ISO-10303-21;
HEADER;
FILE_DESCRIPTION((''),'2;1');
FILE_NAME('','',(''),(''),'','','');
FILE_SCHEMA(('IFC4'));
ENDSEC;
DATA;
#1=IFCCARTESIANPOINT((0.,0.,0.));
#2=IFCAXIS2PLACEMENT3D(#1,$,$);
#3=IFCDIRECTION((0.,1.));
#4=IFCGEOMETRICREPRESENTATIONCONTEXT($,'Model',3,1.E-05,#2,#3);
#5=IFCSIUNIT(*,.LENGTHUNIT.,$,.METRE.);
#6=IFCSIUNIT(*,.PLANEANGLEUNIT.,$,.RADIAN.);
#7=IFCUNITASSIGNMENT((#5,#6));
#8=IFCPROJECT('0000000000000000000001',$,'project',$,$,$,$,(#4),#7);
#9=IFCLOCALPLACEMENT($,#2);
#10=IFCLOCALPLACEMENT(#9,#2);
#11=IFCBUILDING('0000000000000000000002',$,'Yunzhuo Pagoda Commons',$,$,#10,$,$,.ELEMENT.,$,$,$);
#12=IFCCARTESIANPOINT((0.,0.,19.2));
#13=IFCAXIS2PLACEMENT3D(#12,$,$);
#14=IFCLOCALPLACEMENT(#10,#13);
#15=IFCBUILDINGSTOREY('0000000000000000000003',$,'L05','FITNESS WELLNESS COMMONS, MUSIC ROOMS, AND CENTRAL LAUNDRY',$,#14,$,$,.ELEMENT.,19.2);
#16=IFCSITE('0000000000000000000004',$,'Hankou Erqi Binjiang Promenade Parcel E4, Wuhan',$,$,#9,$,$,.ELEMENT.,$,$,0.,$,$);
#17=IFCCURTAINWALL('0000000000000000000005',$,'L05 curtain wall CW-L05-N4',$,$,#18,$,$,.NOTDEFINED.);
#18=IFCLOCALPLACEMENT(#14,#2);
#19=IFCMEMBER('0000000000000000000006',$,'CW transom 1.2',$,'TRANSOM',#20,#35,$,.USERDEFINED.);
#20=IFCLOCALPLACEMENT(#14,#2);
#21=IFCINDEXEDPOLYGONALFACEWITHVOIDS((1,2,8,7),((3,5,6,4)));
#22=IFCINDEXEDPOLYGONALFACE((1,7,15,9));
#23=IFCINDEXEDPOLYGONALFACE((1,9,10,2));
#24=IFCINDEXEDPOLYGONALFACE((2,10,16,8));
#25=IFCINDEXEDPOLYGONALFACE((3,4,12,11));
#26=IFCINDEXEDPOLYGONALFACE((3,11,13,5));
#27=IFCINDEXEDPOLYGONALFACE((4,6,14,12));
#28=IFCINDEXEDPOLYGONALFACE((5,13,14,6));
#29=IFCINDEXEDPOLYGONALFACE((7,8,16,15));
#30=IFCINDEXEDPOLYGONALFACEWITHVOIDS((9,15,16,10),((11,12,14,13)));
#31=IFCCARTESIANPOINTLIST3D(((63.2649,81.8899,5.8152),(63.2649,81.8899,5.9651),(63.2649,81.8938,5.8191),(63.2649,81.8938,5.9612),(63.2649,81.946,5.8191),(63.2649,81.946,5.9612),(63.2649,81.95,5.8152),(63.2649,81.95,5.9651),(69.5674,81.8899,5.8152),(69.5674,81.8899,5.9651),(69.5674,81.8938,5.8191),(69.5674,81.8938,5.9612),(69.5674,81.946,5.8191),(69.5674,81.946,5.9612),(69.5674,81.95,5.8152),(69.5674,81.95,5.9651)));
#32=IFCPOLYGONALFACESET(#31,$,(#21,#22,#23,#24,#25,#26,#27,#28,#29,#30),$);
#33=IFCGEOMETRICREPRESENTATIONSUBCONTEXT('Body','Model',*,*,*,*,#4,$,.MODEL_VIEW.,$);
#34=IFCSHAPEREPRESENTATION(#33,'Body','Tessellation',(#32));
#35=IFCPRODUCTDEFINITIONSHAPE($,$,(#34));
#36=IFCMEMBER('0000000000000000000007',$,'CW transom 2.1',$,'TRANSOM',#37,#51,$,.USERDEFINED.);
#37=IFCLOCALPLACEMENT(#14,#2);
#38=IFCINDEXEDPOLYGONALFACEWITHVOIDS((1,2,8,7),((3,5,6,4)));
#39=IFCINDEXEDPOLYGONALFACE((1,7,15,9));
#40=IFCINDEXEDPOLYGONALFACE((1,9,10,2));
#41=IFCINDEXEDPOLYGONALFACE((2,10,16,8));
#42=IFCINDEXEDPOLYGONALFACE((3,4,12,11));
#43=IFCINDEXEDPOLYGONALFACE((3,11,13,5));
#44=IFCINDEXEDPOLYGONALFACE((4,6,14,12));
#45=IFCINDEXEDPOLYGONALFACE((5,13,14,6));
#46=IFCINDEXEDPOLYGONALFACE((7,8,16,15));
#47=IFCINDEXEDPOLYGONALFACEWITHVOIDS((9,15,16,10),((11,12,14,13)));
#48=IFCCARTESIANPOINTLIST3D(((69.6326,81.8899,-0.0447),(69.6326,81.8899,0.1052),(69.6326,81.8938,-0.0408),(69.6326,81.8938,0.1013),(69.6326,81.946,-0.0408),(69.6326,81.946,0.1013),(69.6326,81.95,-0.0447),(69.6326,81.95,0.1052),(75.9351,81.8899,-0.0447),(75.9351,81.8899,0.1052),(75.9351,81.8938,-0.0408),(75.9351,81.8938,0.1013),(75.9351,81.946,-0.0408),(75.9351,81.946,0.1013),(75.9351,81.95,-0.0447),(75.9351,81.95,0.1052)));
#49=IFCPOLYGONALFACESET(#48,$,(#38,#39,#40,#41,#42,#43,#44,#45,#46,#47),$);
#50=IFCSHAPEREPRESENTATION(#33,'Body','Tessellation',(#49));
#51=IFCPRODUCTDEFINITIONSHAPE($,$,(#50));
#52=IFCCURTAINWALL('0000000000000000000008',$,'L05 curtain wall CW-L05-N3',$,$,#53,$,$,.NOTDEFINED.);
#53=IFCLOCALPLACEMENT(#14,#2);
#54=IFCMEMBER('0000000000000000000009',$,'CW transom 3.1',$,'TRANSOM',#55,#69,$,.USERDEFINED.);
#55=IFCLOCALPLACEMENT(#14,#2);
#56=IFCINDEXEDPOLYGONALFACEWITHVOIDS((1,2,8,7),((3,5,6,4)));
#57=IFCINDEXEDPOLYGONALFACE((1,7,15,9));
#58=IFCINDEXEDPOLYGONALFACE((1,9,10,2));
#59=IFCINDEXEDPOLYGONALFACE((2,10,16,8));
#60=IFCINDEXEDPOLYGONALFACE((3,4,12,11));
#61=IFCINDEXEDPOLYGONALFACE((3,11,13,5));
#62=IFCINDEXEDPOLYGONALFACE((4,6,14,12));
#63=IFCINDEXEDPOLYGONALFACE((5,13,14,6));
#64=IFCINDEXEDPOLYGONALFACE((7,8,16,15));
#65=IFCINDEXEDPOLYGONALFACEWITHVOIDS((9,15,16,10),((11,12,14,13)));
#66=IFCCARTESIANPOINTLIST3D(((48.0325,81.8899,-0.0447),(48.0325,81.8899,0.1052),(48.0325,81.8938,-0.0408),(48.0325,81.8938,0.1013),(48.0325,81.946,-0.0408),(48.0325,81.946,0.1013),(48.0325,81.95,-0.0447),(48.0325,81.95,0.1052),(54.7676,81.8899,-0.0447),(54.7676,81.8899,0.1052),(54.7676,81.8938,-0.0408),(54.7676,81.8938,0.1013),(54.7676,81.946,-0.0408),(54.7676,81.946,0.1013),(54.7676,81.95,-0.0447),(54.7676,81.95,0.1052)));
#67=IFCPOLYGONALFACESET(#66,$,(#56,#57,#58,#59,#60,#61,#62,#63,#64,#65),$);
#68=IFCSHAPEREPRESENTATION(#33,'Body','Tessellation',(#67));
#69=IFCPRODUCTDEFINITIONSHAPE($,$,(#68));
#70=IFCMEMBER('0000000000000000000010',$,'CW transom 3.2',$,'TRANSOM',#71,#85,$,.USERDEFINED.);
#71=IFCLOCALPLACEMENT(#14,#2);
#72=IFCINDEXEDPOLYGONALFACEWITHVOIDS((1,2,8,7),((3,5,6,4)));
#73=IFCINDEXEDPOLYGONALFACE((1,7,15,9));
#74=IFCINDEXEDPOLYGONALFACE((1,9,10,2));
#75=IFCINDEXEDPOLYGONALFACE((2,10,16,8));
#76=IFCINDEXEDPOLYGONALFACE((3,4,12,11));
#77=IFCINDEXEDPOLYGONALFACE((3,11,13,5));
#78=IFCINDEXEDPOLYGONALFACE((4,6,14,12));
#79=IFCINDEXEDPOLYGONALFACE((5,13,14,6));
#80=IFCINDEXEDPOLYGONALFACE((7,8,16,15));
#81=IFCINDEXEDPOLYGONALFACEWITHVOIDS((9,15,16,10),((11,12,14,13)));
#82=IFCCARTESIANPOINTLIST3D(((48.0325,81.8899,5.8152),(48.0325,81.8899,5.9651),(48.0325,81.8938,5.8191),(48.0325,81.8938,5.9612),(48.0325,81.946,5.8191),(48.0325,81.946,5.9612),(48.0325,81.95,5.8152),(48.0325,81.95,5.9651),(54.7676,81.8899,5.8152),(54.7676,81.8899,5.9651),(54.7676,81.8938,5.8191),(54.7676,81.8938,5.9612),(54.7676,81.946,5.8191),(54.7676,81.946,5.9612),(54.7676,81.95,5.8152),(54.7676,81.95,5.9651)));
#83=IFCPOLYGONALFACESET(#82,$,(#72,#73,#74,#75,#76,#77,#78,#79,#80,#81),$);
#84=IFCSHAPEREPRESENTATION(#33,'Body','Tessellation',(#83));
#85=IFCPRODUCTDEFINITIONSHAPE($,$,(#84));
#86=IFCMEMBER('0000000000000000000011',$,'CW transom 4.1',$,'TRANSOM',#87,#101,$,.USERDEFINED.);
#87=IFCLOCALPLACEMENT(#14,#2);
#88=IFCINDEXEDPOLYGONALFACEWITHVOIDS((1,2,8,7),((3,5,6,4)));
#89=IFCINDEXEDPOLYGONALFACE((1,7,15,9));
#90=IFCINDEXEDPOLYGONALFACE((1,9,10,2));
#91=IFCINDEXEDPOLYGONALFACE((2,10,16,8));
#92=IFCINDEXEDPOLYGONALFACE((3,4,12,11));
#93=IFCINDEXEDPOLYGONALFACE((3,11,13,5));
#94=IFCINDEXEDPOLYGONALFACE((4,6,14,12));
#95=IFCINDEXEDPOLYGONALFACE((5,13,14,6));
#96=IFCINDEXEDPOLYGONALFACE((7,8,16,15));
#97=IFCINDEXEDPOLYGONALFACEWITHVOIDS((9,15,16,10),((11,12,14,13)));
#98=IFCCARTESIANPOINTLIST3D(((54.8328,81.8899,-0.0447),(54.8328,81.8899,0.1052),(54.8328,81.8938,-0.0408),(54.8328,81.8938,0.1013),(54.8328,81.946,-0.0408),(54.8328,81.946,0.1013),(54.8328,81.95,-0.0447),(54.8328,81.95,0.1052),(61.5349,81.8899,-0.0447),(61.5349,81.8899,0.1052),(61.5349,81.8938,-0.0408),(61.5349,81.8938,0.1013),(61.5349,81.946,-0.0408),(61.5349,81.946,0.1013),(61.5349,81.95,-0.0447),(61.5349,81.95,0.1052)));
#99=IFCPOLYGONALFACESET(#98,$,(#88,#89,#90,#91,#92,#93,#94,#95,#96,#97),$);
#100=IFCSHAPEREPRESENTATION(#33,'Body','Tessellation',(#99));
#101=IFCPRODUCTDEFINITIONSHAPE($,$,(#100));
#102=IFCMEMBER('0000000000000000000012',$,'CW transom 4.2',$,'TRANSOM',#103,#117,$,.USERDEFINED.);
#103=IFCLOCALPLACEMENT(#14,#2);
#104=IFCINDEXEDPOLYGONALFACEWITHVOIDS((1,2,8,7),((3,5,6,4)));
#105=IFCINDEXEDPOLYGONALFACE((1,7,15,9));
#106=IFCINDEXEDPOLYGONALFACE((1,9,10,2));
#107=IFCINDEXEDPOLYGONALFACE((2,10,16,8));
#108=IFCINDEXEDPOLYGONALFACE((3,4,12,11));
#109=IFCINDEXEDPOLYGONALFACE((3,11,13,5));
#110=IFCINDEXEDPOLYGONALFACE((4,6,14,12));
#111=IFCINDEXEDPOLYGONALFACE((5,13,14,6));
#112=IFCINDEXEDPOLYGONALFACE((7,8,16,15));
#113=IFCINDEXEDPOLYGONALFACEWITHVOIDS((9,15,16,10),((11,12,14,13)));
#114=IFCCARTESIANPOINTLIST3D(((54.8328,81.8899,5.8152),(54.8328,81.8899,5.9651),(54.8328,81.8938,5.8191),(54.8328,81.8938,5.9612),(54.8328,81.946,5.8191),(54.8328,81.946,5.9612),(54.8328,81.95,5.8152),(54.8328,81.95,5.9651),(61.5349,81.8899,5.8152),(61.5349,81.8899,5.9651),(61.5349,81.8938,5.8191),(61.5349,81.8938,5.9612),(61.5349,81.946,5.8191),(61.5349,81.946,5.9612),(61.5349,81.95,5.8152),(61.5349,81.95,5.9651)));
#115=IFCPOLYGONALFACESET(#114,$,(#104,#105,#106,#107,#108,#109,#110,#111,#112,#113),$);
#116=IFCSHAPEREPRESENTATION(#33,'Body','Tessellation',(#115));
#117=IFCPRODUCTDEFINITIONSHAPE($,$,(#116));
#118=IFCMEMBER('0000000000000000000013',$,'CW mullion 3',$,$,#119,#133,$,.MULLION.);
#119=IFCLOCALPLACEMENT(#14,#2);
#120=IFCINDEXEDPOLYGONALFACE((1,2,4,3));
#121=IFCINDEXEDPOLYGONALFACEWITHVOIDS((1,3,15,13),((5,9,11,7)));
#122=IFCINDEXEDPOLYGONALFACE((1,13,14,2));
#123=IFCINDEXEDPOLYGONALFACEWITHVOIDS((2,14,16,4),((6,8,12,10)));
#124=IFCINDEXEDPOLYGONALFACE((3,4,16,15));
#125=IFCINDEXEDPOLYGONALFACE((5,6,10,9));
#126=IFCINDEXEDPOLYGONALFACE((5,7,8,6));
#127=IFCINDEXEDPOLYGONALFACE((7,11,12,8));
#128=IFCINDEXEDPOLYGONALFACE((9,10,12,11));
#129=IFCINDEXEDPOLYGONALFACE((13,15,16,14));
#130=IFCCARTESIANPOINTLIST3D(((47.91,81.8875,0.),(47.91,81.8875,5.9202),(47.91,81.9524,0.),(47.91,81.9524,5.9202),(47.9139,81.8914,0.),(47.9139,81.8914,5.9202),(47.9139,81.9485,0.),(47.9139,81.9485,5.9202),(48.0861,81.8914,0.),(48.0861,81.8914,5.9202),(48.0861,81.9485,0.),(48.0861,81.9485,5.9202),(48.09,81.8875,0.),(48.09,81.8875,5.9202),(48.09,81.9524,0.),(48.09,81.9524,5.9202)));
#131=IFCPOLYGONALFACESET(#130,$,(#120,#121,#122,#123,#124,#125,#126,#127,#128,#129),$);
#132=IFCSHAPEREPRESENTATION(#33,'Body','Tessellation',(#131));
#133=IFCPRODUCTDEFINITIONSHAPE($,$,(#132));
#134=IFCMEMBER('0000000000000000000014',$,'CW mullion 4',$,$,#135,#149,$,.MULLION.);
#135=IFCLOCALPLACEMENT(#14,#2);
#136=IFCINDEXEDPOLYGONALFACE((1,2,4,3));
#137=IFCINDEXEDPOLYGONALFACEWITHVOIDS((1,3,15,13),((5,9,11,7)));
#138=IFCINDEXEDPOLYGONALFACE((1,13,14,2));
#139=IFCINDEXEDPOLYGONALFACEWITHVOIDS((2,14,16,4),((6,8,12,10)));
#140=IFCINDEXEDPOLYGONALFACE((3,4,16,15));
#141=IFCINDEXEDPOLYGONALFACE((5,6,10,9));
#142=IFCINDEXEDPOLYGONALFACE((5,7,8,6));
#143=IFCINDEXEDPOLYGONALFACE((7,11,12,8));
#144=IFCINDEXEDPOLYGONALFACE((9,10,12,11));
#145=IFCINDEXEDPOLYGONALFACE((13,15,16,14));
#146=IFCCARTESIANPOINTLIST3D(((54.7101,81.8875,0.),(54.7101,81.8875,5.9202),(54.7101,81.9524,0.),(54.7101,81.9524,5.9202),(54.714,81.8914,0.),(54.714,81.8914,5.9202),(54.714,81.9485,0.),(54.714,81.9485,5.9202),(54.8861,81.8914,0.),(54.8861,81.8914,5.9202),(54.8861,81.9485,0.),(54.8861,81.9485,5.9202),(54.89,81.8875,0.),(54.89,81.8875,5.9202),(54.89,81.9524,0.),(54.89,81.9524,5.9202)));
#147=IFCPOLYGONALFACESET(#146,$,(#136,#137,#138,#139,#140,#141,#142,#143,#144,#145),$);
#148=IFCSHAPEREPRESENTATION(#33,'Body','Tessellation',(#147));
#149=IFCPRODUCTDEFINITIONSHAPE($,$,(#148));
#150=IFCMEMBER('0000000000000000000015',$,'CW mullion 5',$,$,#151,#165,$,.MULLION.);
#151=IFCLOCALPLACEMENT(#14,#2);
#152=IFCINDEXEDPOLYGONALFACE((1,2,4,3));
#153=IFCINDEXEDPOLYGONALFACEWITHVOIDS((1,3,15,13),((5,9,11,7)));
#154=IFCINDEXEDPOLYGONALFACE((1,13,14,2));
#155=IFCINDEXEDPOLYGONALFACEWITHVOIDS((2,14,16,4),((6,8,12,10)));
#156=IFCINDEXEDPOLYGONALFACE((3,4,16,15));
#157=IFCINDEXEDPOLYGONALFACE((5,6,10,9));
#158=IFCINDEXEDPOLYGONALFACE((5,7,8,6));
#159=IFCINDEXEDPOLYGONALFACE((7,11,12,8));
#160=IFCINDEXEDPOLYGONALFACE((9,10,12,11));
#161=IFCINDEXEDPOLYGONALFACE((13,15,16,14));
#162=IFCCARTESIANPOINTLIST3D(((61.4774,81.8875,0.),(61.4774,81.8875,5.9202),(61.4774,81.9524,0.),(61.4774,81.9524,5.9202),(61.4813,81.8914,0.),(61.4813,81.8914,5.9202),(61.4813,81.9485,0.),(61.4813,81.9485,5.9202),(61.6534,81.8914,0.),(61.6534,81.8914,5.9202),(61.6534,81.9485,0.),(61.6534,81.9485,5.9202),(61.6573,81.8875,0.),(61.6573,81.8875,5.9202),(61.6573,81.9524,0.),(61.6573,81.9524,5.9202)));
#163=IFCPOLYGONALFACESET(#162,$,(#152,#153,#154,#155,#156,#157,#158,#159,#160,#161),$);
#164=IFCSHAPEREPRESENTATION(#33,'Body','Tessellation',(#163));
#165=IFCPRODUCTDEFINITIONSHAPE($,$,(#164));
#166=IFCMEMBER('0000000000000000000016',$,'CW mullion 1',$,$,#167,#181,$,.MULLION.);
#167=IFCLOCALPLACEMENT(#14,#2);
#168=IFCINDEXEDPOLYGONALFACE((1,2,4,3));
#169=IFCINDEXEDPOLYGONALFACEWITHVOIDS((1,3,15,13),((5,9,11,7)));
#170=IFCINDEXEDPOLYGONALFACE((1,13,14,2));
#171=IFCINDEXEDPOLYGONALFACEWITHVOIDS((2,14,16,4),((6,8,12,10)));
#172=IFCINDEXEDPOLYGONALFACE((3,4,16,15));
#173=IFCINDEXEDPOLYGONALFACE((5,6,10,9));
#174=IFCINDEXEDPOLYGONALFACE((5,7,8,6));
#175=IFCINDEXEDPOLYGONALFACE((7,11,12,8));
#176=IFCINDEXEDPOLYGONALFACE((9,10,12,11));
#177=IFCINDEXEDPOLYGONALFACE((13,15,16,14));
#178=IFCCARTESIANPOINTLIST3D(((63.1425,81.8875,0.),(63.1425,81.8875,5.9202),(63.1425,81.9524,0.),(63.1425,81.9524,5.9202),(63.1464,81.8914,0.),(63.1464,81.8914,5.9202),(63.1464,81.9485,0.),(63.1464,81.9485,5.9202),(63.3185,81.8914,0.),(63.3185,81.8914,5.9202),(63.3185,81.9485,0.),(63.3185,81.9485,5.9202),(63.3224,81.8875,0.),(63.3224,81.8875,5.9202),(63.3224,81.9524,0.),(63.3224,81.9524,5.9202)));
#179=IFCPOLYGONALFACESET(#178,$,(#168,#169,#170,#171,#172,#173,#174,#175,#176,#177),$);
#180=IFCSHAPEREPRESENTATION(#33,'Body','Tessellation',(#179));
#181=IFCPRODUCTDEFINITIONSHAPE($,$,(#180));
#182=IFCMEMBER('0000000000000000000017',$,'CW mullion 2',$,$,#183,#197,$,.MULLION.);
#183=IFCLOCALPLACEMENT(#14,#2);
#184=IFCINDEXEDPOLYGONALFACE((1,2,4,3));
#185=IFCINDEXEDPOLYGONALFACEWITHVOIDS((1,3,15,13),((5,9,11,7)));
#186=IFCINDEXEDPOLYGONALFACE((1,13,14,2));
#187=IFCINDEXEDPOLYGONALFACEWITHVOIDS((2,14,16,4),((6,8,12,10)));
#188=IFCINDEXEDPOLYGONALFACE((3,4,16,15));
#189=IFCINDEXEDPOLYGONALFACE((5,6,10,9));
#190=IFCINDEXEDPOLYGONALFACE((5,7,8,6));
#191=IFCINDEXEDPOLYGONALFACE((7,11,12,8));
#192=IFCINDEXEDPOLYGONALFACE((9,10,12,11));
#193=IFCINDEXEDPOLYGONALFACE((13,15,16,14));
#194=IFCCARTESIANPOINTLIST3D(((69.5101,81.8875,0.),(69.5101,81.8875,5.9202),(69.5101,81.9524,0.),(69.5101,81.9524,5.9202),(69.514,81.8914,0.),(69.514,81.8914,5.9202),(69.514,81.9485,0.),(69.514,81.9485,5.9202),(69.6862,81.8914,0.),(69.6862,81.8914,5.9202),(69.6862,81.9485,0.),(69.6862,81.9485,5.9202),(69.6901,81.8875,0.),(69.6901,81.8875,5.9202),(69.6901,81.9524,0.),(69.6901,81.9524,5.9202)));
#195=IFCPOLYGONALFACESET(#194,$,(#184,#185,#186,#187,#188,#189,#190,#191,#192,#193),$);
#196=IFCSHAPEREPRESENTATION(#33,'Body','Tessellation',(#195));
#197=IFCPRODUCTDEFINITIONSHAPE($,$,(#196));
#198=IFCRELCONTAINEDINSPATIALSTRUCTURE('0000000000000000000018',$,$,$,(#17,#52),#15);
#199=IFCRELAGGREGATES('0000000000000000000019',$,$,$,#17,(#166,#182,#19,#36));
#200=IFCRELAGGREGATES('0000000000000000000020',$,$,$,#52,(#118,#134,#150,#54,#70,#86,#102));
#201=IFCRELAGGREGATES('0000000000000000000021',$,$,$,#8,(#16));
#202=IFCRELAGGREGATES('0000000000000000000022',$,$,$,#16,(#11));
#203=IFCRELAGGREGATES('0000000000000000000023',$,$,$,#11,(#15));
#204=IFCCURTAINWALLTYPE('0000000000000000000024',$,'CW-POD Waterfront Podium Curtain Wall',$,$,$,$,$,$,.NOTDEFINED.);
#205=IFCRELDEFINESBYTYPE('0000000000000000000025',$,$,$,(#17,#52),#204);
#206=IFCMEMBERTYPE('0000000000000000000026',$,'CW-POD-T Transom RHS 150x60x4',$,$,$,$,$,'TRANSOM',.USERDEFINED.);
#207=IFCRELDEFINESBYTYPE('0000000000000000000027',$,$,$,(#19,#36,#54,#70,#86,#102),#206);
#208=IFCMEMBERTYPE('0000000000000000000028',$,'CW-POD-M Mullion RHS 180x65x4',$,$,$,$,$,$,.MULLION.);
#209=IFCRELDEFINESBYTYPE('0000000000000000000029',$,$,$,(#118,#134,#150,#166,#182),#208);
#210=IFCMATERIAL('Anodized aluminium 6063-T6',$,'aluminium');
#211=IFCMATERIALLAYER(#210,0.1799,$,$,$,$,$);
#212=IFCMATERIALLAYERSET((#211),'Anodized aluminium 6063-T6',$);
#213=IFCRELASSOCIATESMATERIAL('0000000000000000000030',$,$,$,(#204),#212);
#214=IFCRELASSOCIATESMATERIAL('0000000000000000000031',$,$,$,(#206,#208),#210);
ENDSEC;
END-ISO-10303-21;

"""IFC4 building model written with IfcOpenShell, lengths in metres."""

from ifc_helpers import new_model, si_unit, direction, frame, origin, origin_2d, place, context, subcontext, project, spatial, hollow_rectangle, extrude, source, transform, mapped, material, layer, layer_set, material_profile, profile_set, type_object, element, aggregate, save


model = new_model("IFC4")

# Units and contexts
model_context = context("Model", 3, precision=1e-05, world=origin(), true_north=direction((0.0, 1.0)))
body_context = subcontext(model_context, "Body", "Model", "MODEL_VIEW")
ifc_project = project(units=[si_unit("LENGTHUNIT", "METRE"), si_unit("PLANEANGLEUNIT", "RADIAN")], contexts=[model_context])

# Site, building, storey
site_placement = place(None, origin())
site = spatial("IfcSite", under=ifc_project, at=site_placement, Name="Hankou Erqi Binjiang Promenade Parcel E4, Wuhan", CompositionType="ELEMENT", RefElevation=0.0)
building_placement = place(site_placement, origin())
building = spatial("IfcBuilding", under=site, at=building_placement, Name="Yunzhuo Pagoda Commons", CompositionType="ELEMENT")
storey_placement = place(building_placement, frame((0.0, 0.0, 19.2)))
storey = spatial("IfcBuildingStorey", under=building, at=storey_placement, Name="L05", Description="FITNESS WELLNESS COMMONS, MUSIC ROOMS, AND CENTRAL LAUNDRY", CompositionType="ELEMENT", Elevation=19.2)

# Curtain walls, members
ifc_material_1 = material(Name="Anodized aluminium 6063-T6", Category="aluminium")
ifc_layer_1 = layer(ifc_material_1, 0.1799)
ifc_layer_set_1 = layer_set([ifc_layer_1], Name="Anodized aluminium 6063-T6")
curtain_wall_type = type_object("IfcCurtainWallType", Name="CW-POD Waterfront Podium Curtain Wall", PredefinedType="NOTDEFINED", material=ifc_layer_set_1)
curtain_wall_1_placement = place(storey_placement, origin())
curtain_wall_1 = element("IfcCurtainWall", 1, at=curtain_wall_1_placement, inside=storey, type_object=curtain_wall_type, Name="L05 curtain wall CW-L05-N4", PredefinedType="NOTDEFINED")
ifc_material_profile_1 = material_profile(ifc_material_1, hollow_rectangle(XDim=0.0601, YDim=0.1499, WallThickness=0.0039, at=origin_2d()), Name="Anodized aluminium 6063-T6")
ifc_profile_set_1 = profile_set([ifc_material_profile_1], Name="Anodized aluminium 6063-T6")
member_type_1 = type_object("IfcMemberType", Name="CW-POD-T Transom RHS 150x60x4", ElementType="TRANSOM", PredefinedType="USERDEFINED", material=ifc_profile_set_1)
shared_shape_1 = source(origin(), body_context, "Body", "SweptSolid", [
    extrude(hollow_rectangle(XDim=0.0601, YDim=0.1499, WallThickness=0.0039, at=origin_2d()), origin(), (0.0, 0.0, 1.0), 6.3025),
])
member_1_placement = place(storey_placement, frame((63.2649, 81.9199, 5.8901), z_axis=(1.0, 0.0, 0.0), x_axis=(0.0, 1.0, 0.0)))
member_1 = element("IfcMember", 2, at=member_1_placement, type_object=member_type_1, Name="CW transom 1.2", ObjectType="TRANSOM", PredefinedType="USERDEFINED", context=body_context, shape_type="MappedRepresentation", body=[
    mapped(shared_shape_1, transform((0.0, 0.0, 0.0), scale=1.0)),
])
member_2_placement = place(storey_placement, frame((69.6326, 81.9199, 0.0303), z_axis=(1.0, 0.0, 0.0), x_axis=(0.0, 1.0, 0.0)))
member_2 = element("IfcMember", 3, at=member_2_placement, type_object=member_type_1, Name="CW transom 2.1", ObjectType="TRANSOM", PredefinedType="USERDEFINED", context=body_context, shape_type="MappedRepresentation", body=[
    mapped(shared_shape_1, transform((0.0, 0.0, 0.0), scale=1.0)),
])
curtain_wall_2_placement = place(storey_placement, origin())
curtain_wall_2 = element("IfcCurtainWall", 4, at=curtain_wall_2_placement, inside=storey, type_object=curtain_wall_type, Name="L05 curtain wall CW-L05-N3", PredefinedType="NOTDEFINED")
shared_shape_2 = source(origin(), body_context, "Body", "SweptSolid", [
    extrude(hollow_rectangle(XDim=0.0601, YDim=0.1499, WallThickness=0.0039, at=origin_2d()), origin(), (0.0, 0.0, 1.0), 6.7351),
])
member_3_placement = place(storey_placement, frame((48.0325, 81.9199, 0.0303), z_axis=(1.0, 0.0, 0.0), x_axis=(0.0, 1.0, 0.0)))
member_3 = element("IfcMember", 5, at=member_3_placement, type_object=member_type_1, Name="CW transom 3.1", ObjectType="TRANSOM", PredefinedType="USERDEFINED", context=body_context, shape_type="MappedRepresentation", body=[
    mapped(shared_shape_2, transform((0.0, 0.0, 0.0), scale=1.0)),
])
member_4_placement = place(storey_placement, frame((48.0325, 81.9199, 5.8901), z_axis=(1.0, 0.0, 0.0), x_axis=(0.0, 1.0, 0.0)))
member_4 = element("IfcMember", 6, at=member_4_placement, type_object=member_type_1, Name="CW transom 3.2", ObjectType="TRANSOM", PredefinedType="USERDEFINED", context=body_context, shape_type="MappedRepresentation", body=[
    mapped(shared_shape_2, transform((0.0, 0.0, 0.0), scale=1.0)),
])
shared_shape_3 = source(origin(), body_context, "Body", "SweptSolid", [
    extrude(hollow_rectangle(XDim=0.0601, YDim=0.1499, WallThickness=0.0039, at=origin_2d()), origin(), (0.0, 0.0, 1.0), 6.7021),
])
member_5_placement = place(storey_placement, frame((54.8328, 81.9199, 0.0303), z_axis=(1.0, 0.0, 0.0), x_axis=(0.0, 1.0, 0.0)))
member_5 = element("IfcMember", 7, at=member_5_placement, type_object=member_type_1, Name="CW transom 4.1", ObjectType="TRANSOM", PredefinedType="USERDEFINED", context=body_context, shape_type="MappedRepresentation", body=[
    mapped(shared_shape_3, transform((0.0, 0.0, 0.0), scale=1.0)),
])
member_6_placement = place(storey_placement, frame((54.8328, 81.9199, 5.8901), z_axis=(1.0, 0.0, 0.0), x_axis=(0.0, 1.0, 0.0)))
member_6 = element("IfcMember", 8, at=member_6_placement, type_object=member_type_1, Name="CW transom 4.2", ObjectType="TRANSOM", PredefinedType="USERDEFINED", context=body_context, shape_type="MappedRepresentation", body=[
    mapped(shared_shape_3, transform((0.0, 0.0, 0.0), scale=1.0)),
])
ifc_material_profile_2 = material_profile(ifc_material_1, hollow_rectangle(XDim=0.0649, YDim=0.1799, WallThickness=0.0039, at=origin_2d()), Name="Anodized aluminium 6063-T6")
ifc_profile_set_2 = profile_set([ifc_material_profile_2], Name="Anodized aluminium 6063-T6")
member_type_2 = type_object("IfcMemberType", Name="CW-POD-M Mullion RHS 180x65x4", PredefinedType="MULLION", material=ifc_profile_set_2)
shared_shape_4 = source(origin(), body_context, "Body", "SweptSolid", [
    extrude(hollow_rectangle(XDim=0.0649, YDim=0.1799, WallThickness=0.0039, at=origin_2d()), origin(), (0.0, 0.0, 1.0), 5.9202),
])
member_7_placement = place(storey_placement, frame((48.0, 81.9199, 0.0), z_axis=(0.0, 0.0, 1.0), x_axis=(0.0, 1.0, 0.0)))
member_7 = element("IfcMember", 9, at=member_7_placement, type_object=member_type_2, Name="CW mullion 3", PredefinedType="MULLION", context=body_context, shape_type="MappedRepresentation", body=[
    mapped(shared_shape_4, transform((0.0, 0.0, 0.0), scale=1.0)),
])
member_8_placement = place(storey_placement, frame((54.8, 81.9199, 0.0), z_axis=(0.0, 0.0, 1.0), x_axis=(0.0, 1.0, 0.0)))
member_8 = element("IfcMember", 10, at=member_8_placement, type_object=member_type_2, Name="CW mullion 4", PredefinedType="MULLION", context=body_context, shape_type="MappedRepresentation", body=[
    mapped(shared_shape_4, transform((0.0, 0.0, 0.0), scale=1.0)),
])
member_9_placement = place(storey_placement, frame((61.5674, 81.9199, 0.0), z_axis=(0.0, 0.0, 1.0), x_axis=(0.0, 1.0, 0.0)))
member_9 = element("IfcMember", 11, at=member_9_placement, type_object=member_type_2, Name="CW mullion 5", PredefinedType="MULLION", context=body_context, shape_type="MappedRepresentation", body=[
    mapped(shared_shape_4, transform((0.0, 0.0, 0.0), scale=1.0)),
])

# Members
member_10_placement = place(storey_placement, frame((63.2324, 81.9199, 0.0), z_axis=(0.0, 0.0, 1.0), x_axis=(0.0, 1.0, 0.0)))
member_10 = element("IfcMember", 12, at=member_10_placement, type_object=member_type_2, Name="CW mullion 1", PredefinedType="MULLION", context=body_context, shape_type="MappedRepresentation", body=[
    mapped(shared_shape_4, transform((0.0, 0.0, 0.0), scale=1.0)),
])
member_11_placement = place(storey_placement, frame((69.6001, 81.9199, 0.0), z_axis=(0.0, 0.0, 1.0), x_axis=(0.0, 1.0, 0.0)))
member_11 = element("IfcMember", 13, at=member_11_placement, type_object=member_type_2, Name="CW mullion 2", PredefinedType="MULLION", context=body_context, shape_type="MappedRepresentation", body=[
    mapped(shared_shape_4, transform((0.0, 0.0, 0.0), scale=1.0)),
])

aggregate(curtain_wall_1, [member_10, member_11, member_1, member_2])
aggregate(curtain_wall_2, [member_7, member_8, member_9, member_3, member_4, member_5, member_6])

save(model, "model.ifc")
